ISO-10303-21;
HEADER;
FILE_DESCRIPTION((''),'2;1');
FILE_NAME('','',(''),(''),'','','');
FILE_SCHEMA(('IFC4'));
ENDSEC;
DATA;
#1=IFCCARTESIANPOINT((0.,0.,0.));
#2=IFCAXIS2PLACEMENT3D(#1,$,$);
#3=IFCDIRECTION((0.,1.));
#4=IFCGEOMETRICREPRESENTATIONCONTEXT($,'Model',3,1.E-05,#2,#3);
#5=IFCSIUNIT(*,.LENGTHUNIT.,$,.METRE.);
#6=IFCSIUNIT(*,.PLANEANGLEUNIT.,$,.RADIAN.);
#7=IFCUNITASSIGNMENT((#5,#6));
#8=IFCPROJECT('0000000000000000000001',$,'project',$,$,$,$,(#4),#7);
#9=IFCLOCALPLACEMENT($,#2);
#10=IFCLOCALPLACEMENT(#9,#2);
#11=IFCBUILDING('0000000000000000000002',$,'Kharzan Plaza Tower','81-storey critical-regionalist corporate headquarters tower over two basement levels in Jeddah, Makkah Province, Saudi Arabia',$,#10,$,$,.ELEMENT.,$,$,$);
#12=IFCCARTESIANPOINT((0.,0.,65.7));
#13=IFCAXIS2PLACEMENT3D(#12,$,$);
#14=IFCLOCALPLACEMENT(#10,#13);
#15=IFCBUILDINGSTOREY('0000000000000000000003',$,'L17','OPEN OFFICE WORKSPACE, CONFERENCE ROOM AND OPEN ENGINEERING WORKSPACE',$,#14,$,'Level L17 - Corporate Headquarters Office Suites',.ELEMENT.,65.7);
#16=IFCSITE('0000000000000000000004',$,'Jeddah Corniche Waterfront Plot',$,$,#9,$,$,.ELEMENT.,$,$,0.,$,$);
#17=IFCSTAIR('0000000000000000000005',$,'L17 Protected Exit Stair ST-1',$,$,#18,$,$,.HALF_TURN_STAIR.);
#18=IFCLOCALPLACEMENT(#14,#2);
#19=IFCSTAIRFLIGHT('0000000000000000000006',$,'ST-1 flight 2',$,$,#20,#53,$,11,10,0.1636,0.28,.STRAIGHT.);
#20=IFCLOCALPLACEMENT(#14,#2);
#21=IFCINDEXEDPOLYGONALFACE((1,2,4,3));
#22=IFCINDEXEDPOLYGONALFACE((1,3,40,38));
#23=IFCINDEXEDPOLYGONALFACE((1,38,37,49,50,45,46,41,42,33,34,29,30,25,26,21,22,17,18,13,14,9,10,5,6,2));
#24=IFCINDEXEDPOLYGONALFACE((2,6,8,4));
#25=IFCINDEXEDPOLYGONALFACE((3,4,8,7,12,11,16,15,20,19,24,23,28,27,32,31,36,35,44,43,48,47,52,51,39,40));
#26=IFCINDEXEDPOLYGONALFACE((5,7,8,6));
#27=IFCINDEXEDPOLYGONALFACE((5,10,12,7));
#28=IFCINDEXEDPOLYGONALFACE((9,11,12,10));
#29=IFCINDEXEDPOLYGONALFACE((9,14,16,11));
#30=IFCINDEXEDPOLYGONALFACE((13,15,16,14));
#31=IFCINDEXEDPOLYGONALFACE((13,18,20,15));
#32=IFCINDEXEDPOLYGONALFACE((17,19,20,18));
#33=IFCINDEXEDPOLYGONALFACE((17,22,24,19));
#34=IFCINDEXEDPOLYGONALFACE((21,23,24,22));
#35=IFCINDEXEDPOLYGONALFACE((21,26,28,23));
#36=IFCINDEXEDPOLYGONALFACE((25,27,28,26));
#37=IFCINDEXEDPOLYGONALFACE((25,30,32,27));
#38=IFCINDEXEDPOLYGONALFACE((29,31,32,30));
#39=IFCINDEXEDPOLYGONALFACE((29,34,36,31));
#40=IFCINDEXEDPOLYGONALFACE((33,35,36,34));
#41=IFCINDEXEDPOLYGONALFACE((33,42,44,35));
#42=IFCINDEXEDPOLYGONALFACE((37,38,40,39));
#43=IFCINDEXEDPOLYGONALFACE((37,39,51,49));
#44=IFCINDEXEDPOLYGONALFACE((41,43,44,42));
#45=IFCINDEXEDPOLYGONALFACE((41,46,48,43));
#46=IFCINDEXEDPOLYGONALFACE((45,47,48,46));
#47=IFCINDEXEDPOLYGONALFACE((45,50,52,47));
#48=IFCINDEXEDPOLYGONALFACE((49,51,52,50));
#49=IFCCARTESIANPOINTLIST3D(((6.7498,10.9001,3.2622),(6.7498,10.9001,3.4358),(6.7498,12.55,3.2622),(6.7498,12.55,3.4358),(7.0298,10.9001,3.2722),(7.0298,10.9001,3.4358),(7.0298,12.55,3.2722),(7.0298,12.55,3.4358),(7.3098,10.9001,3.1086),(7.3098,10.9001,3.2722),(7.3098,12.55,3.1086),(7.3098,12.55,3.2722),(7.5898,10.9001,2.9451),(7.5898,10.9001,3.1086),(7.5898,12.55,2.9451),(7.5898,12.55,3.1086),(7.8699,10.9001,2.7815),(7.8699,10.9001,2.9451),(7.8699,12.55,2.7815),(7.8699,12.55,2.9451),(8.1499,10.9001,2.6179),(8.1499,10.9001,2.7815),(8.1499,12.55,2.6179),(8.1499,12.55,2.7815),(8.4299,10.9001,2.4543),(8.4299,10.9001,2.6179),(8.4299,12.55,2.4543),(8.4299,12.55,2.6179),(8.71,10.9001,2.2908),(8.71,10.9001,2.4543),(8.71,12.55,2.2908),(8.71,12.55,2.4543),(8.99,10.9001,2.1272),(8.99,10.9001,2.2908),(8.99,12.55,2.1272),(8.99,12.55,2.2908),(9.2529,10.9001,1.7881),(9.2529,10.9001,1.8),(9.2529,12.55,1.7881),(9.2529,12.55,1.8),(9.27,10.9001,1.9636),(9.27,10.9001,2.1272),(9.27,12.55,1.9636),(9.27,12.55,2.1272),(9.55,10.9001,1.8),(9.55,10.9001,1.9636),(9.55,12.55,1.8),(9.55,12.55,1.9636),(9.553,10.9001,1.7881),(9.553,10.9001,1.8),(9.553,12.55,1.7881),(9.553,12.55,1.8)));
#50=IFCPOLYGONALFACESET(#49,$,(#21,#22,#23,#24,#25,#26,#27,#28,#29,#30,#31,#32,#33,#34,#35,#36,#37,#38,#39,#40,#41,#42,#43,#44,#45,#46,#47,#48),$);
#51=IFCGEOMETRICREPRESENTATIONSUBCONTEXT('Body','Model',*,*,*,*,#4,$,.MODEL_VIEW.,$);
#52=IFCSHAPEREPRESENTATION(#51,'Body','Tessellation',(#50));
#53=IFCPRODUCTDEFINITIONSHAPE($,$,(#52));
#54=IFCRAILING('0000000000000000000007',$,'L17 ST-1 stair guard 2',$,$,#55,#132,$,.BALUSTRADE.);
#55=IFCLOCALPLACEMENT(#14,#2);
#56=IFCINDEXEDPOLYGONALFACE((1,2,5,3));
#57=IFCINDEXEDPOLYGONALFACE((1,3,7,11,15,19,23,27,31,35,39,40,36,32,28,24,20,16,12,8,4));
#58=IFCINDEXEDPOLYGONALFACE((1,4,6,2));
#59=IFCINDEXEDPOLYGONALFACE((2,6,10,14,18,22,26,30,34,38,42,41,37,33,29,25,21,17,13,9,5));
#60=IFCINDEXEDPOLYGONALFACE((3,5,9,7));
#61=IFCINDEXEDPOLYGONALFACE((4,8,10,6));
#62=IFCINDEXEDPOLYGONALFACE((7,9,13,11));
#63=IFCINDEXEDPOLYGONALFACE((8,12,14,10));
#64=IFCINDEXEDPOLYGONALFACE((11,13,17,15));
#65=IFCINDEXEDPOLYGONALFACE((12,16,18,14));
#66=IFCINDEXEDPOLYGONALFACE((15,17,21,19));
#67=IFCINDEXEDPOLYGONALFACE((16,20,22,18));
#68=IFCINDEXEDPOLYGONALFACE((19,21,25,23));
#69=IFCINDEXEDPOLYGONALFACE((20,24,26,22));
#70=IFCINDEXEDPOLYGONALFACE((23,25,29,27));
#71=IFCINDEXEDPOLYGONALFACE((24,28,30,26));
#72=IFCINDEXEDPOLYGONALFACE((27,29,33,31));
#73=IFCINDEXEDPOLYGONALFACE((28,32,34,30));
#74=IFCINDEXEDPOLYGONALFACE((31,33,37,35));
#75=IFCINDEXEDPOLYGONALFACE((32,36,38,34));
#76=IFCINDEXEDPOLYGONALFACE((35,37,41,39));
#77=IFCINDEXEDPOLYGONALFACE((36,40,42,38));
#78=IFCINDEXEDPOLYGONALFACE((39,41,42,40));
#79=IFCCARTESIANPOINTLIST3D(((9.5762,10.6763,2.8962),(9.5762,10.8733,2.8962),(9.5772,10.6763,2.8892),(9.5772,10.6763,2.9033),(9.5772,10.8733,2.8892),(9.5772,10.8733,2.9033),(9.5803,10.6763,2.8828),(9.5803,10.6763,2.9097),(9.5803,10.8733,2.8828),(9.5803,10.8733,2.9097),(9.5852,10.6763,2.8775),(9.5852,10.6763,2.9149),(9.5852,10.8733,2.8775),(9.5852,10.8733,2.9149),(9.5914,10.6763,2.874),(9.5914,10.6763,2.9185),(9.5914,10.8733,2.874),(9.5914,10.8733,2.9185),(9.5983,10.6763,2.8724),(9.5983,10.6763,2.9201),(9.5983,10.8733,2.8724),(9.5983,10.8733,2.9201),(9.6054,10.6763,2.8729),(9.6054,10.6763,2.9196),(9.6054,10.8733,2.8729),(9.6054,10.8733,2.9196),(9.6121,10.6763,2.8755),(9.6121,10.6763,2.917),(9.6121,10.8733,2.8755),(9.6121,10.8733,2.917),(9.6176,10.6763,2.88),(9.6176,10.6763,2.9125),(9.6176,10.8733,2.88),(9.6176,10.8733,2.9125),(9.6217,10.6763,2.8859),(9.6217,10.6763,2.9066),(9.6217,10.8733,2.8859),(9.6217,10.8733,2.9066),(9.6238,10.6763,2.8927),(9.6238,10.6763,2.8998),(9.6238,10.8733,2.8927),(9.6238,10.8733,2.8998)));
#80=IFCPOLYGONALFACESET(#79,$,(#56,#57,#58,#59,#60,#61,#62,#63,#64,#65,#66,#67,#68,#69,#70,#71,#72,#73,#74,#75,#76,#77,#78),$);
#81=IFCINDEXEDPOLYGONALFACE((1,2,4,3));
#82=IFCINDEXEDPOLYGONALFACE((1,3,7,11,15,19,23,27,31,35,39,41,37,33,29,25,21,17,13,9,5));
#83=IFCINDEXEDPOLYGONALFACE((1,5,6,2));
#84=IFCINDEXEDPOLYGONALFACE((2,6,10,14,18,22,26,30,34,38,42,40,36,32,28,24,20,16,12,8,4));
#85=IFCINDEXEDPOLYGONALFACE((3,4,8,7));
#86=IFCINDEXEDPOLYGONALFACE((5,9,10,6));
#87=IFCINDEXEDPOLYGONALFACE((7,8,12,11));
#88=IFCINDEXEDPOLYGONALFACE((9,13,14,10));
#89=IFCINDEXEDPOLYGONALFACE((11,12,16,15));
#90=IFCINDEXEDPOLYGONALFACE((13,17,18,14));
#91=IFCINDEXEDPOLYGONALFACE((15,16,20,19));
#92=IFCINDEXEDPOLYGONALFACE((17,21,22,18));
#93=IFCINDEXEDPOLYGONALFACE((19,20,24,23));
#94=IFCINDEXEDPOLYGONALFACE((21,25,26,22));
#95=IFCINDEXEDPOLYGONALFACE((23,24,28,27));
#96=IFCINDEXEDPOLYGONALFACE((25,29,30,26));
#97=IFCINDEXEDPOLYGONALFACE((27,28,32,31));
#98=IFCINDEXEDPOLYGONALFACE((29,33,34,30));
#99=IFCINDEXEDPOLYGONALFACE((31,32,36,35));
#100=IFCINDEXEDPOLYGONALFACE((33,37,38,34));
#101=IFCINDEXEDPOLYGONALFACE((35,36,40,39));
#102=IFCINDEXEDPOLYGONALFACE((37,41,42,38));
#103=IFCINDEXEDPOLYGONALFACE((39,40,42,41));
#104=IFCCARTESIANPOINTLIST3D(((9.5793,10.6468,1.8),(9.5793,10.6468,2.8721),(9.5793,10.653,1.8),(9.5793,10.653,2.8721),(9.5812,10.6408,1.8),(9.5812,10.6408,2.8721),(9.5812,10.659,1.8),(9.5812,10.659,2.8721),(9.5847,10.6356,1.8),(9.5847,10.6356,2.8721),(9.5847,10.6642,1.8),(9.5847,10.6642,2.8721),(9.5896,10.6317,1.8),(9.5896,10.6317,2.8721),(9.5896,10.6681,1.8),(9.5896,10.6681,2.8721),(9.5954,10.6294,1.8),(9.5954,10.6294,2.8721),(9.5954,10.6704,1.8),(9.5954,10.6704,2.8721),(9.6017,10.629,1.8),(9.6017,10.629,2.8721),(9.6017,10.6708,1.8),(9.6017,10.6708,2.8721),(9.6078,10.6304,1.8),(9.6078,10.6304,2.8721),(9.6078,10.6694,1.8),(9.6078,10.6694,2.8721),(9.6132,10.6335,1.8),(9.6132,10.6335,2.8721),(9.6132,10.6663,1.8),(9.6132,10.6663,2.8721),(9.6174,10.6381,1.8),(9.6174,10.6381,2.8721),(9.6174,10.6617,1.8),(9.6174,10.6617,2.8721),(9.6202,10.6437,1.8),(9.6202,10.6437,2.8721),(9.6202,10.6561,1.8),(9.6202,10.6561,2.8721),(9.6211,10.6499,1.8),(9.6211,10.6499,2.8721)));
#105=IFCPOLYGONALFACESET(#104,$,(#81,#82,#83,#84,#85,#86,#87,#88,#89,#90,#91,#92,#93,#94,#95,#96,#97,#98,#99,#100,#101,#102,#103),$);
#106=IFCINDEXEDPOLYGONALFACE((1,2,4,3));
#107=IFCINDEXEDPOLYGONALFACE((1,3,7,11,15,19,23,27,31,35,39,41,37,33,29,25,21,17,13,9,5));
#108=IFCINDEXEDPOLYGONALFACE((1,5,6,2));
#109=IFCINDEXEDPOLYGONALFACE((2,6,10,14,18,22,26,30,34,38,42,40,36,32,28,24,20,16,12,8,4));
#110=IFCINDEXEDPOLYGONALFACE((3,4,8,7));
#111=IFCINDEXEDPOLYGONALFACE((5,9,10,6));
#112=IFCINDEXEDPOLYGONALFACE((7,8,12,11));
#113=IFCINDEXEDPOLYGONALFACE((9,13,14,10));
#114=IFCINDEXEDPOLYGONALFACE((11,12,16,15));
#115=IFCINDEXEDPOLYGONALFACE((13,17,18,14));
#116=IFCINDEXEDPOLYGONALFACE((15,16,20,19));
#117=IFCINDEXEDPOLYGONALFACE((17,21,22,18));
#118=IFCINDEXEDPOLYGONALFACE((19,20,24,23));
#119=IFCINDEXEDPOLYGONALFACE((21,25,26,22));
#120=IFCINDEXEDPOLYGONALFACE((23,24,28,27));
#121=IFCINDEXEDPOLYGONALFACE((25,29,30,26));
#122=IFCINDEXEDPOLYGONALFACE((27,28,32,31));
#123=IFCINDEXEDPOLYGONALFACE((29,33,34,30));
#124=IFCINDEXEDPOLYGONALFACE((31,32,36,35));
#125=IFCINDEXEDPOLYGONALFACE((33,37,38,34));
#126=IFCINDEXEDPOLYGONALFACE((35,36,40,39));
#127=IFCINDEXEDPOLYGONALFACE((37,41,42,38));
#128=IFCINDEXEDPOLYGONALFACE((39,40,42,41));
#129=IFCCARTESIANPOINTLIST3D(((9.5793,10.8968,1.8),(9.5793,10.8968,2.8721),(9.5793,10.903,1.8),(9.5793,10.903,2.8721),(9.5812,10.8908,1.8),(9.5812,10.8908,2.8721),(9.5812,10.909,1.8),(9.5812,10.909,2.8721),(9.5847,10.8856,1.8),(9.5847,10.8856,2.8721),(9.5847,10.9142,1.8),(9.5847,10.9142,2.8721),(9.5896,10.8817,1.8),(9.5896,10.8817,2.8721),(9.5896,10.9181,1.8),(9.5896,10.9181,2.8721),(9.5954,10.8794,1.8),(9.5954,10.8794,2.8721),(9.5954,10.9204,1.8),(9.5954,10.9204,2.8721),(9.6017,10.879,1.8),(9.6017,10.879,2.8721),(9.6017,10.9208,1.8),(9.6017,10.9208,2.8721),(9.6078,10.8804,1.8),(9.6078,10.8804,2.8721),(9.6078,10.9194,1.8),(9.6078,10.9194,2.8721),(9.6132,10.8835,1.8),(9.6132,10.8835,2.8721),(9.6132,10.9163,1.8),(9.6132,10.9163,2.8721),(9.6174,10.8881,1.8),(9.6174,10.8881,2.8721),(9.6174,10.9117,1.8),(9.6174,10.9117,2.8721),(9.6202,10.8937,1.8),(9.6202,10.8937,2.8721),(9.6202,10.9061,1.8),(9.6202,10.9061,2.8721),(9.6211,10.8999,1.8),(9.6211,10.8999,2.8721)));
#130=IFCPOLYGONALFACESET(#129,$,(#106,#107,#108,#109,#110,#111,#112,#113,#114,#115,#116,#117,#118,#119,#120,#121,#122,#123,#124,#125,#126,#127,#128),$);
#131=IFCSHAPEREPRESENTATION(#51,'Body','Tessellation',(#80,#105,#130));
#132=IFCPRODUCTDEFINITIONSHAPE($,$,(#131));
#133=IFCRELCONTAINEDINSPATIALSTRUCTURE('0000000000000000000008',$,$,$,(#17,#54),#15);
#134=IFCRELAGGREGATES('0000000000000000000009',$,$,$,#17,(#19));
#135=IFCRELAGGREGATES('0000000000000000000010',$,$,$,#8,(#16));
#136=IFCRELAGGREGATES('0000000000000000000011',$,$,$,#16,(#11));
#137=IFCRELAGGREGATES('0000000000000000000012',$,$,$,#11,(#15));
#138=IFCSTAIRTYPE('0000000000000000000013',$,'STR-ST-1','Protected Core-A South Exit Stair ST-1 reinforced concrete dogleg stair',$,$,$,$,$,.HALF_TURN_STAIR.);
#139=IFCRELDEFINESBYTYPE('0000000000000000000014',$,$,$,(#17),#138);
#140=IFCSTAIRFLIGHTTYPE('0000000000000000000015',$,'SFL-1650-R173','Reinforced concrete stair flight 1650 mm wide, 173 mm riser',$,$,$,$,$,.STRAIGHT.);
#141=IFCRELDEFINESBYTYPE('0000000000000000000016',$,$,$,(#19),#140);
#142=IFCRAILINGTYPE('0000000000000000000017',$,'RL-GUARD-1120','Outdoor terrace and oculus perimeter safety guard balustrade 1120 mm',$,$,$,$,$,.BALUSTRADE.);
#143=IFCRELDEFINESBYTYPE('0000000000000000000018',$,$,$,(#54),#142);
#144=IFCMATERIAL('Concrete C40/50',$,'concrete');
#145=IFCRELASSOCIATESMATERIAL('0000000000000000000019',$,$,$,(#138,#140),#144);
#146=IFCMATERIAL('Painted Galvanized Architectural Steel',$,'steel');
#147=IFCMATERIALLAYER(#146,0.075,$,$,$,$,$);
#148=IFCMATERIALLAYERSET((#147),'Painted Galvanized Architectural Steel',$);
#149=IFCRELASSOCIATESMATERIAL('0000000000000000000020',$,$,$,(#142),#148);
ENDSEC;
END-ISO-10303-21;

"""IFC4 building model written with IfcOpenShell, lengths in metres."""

from ifc_helpers import new_model, si_unit, direction, frame, origin, origin_2d, place, context, subcontext, project, spatial, polyline, circle, outline, extrude, source, transform, mapped, material, layer, layer_set, type_object, element, aggregate, save


model = new_model("IFC4")

# Units and contexts
model_context = context("Model", 3, precision=1e-05, world=origin(), true_north=direction((0.0, 1.0)))
body_context = subcontext(model_context, "Body", "Model", "MODEL_VIEW")
ifc_project = project(units=[si_unit("LENGTHUNIT", "METRE"), si_unit("PLANEANGLEUNIT", "RADIAN")], contexts=[model_context])

# Site, building, storey
site_placement = place(None, origin())
site = spatial("IfcSite", under=ifc_project, at=site_placement, Name="Jeddah Corniche Waterfront Plot", CompositionType="ELEMENT", RefElevation=0.0)
building_placement = place(site_placement, origin())
building = spatial("IfcBuilding", under=site, at=building_placement, Name="Kharzan Plaza Tower", Description="81-storey critical-regionalist corporate headquarters tower over two basement levels in Jeddah, Makkah Province, Saudi Arabia", CompositionType="ELEMENT")
storey_placement = place(building_placement, frame((0.0, 0.0, 65.7)))
storey = spatial("IfcBuildingStorey", under=building, at=storey_placement, Name="L17", Description="OPEN OFFICE WORKSPACE, CONFERENCE ROOM AND OPEN ENGINEERING WORKSPACE", LongName="Level L17 - Corporate Headquarters Office Suites", CompositionType="ELEMENT", Elevation=65.7)

# Shared definitions
ifc_material_1 = material(Name="Concrete C40/50", Category="concrete")

# Stair, stair flight
stair_type = type_object("IfcStairType", Name="STR-ST-1", Description="Protected Core-A South Exit Stair ST-1 reinforced concrete dogleg stair", PredefinedType="HALF_TURN_STAIR", material=ifc_material_1)
stair_placement = place(storey_placement, origin())
stair = element("IfcStair", 1, at=stair_placement, inside=storey, type_object=stair_type, Name="L17 Protected Exit Stair ST-1", PredefinedType="HALF_TURN_STAIR")
stair_flight_type = type_object("IfcStairFlightType", Name="SFL-1650-R173", Description="Reinforced concrete stair flight 1650 mm wide, 173 mm riser", PredefinedType="STRAIGHT", material=ifc_material_1)
shared_shape_1 = source(origin(), body_context, "Body", "SweptSolid", [
    extrude(outline(polyline([(-0.0029, -0.012), (-0.0029, 0.0), (0.0, 0.0), (0.0, 0.1636), (0.28, 0.1636), (0.28, 0.3271), (0.5601, 0.3271), (0.5601, 0.4907), (0.8401, 0.4907), (0.8401, 0.6543), (1.1201, 0.6543), (1.1201, 0.8179), (1.4001, 0.8179), (1.4001, 0.9814), (1.6802, 0.9814), (1.6802, 1.145), (1.9602, 1.145), (1.9602, 1.3086), (2.2402, 1.3086), (2.2402, 1.4722), (2.5203, 1.4722), (2.5203, 1.6357), (2.8003, 1.6357), (2.8003, 1.7993), (2.8003, 1.4622), (0.2971, 0.0), (0.2971, -0.012), (-0.0029, -0.012)])), frame((0.0, 0.825, 0.0), z_axis=(0.0, -1.0, 0.0), x_axis=(1.0, 0.0, 0.0)), (0.0, 0.0, 1.0), 1.6499),
])
stair_flight_1_placement = place(storey_placement, frame((9.55, 11.7251, 1.8), z_axis=(0.0, 0.0, 1.0), x_axis=(-1.0, 0.0, 0.0)))
stair_flight_1 = element("IfcStairFlight", 2, at=stair_flight_1_placement, type_object=stair_flight_type, Name="ST-1 flight 2", NumberOfRisers=11, NumberOfTreads=10, PredefinedType="STRAIGHT", RiserHeight=0.1636, TreadLength=0.28, context=body_context, shape_type="MappedRepresentation", body=[
    mapped(shared_shape_1, transform((0.0, 0.0, 0.0), x_axis=(1.0, 0.0, 0.0), y_axis=(0.0, 1.0, 0.0), z_axis=(0.0, 0.0, 1.0))),
])
aggregate(stair, [stair_flight_1])

# Railing
ifc_material_2 = material(Name="Painted Galvanized Architectural Steel", Category="steel")
ifc_layer_1 = layer(ifc_material_2, 0.075)
ifc_layer_set_1 = layer_set([ifc_layer_1], Name="Painted Galvanized Architectural Steel")
railing_type_1 = type_object("IfcRailingType", Name="RL-GUARD-1120", Description="Outdoor terrace and oculus perimeter safety guard balustrade 1120 mm", PredefinedType="BALUSTRADE", material=ifc_layer_set_1)
shared_shape_2 = source(origin(), body_context, "Body", "SweptSolid", [
    extrude(circle(Radius=0.0239, at=origin_2d()), frame((0.0, 0.0264, 1.0962), z_axis=(0.0, 1.0, 0.0), x_axis=(-1.0, 0.0, 0.0)), (0.0, 0.0, 1.0), 0.197),
    extrude(circle(Radius=0.021, at=origin_2d()), origin(), (0.0, 0.0, 1.0), 1.072),
    extrude(circle(Radius=0.021, at=origin_2d()), frame((0.0, 0.25, 0.0)), (0.0, 0.0, 1.0), 1.072),
])
railing_1_placement = place(storey_placement, frame((9.6001, 10.6499, 1.8)))
element("IfcRailing", 3, at=railing_1_placement, inside=storey, type_object=railing_type_1, Name="L17 ST-1 stair guard 2", PredefinedType="BALUSTRADE", context=body_context, shape_type="MappedRepresentation", body=[
    mapped(shared_shape_2, transform((0.0, 0.0, 0.0), x_axis=(1.0, 0.0, 0.0), y_axis=(0.0, 1.0, 0.0), z_axis=(0.0, 0.0, 1.0))),
])

save(model, "model.ifc")
